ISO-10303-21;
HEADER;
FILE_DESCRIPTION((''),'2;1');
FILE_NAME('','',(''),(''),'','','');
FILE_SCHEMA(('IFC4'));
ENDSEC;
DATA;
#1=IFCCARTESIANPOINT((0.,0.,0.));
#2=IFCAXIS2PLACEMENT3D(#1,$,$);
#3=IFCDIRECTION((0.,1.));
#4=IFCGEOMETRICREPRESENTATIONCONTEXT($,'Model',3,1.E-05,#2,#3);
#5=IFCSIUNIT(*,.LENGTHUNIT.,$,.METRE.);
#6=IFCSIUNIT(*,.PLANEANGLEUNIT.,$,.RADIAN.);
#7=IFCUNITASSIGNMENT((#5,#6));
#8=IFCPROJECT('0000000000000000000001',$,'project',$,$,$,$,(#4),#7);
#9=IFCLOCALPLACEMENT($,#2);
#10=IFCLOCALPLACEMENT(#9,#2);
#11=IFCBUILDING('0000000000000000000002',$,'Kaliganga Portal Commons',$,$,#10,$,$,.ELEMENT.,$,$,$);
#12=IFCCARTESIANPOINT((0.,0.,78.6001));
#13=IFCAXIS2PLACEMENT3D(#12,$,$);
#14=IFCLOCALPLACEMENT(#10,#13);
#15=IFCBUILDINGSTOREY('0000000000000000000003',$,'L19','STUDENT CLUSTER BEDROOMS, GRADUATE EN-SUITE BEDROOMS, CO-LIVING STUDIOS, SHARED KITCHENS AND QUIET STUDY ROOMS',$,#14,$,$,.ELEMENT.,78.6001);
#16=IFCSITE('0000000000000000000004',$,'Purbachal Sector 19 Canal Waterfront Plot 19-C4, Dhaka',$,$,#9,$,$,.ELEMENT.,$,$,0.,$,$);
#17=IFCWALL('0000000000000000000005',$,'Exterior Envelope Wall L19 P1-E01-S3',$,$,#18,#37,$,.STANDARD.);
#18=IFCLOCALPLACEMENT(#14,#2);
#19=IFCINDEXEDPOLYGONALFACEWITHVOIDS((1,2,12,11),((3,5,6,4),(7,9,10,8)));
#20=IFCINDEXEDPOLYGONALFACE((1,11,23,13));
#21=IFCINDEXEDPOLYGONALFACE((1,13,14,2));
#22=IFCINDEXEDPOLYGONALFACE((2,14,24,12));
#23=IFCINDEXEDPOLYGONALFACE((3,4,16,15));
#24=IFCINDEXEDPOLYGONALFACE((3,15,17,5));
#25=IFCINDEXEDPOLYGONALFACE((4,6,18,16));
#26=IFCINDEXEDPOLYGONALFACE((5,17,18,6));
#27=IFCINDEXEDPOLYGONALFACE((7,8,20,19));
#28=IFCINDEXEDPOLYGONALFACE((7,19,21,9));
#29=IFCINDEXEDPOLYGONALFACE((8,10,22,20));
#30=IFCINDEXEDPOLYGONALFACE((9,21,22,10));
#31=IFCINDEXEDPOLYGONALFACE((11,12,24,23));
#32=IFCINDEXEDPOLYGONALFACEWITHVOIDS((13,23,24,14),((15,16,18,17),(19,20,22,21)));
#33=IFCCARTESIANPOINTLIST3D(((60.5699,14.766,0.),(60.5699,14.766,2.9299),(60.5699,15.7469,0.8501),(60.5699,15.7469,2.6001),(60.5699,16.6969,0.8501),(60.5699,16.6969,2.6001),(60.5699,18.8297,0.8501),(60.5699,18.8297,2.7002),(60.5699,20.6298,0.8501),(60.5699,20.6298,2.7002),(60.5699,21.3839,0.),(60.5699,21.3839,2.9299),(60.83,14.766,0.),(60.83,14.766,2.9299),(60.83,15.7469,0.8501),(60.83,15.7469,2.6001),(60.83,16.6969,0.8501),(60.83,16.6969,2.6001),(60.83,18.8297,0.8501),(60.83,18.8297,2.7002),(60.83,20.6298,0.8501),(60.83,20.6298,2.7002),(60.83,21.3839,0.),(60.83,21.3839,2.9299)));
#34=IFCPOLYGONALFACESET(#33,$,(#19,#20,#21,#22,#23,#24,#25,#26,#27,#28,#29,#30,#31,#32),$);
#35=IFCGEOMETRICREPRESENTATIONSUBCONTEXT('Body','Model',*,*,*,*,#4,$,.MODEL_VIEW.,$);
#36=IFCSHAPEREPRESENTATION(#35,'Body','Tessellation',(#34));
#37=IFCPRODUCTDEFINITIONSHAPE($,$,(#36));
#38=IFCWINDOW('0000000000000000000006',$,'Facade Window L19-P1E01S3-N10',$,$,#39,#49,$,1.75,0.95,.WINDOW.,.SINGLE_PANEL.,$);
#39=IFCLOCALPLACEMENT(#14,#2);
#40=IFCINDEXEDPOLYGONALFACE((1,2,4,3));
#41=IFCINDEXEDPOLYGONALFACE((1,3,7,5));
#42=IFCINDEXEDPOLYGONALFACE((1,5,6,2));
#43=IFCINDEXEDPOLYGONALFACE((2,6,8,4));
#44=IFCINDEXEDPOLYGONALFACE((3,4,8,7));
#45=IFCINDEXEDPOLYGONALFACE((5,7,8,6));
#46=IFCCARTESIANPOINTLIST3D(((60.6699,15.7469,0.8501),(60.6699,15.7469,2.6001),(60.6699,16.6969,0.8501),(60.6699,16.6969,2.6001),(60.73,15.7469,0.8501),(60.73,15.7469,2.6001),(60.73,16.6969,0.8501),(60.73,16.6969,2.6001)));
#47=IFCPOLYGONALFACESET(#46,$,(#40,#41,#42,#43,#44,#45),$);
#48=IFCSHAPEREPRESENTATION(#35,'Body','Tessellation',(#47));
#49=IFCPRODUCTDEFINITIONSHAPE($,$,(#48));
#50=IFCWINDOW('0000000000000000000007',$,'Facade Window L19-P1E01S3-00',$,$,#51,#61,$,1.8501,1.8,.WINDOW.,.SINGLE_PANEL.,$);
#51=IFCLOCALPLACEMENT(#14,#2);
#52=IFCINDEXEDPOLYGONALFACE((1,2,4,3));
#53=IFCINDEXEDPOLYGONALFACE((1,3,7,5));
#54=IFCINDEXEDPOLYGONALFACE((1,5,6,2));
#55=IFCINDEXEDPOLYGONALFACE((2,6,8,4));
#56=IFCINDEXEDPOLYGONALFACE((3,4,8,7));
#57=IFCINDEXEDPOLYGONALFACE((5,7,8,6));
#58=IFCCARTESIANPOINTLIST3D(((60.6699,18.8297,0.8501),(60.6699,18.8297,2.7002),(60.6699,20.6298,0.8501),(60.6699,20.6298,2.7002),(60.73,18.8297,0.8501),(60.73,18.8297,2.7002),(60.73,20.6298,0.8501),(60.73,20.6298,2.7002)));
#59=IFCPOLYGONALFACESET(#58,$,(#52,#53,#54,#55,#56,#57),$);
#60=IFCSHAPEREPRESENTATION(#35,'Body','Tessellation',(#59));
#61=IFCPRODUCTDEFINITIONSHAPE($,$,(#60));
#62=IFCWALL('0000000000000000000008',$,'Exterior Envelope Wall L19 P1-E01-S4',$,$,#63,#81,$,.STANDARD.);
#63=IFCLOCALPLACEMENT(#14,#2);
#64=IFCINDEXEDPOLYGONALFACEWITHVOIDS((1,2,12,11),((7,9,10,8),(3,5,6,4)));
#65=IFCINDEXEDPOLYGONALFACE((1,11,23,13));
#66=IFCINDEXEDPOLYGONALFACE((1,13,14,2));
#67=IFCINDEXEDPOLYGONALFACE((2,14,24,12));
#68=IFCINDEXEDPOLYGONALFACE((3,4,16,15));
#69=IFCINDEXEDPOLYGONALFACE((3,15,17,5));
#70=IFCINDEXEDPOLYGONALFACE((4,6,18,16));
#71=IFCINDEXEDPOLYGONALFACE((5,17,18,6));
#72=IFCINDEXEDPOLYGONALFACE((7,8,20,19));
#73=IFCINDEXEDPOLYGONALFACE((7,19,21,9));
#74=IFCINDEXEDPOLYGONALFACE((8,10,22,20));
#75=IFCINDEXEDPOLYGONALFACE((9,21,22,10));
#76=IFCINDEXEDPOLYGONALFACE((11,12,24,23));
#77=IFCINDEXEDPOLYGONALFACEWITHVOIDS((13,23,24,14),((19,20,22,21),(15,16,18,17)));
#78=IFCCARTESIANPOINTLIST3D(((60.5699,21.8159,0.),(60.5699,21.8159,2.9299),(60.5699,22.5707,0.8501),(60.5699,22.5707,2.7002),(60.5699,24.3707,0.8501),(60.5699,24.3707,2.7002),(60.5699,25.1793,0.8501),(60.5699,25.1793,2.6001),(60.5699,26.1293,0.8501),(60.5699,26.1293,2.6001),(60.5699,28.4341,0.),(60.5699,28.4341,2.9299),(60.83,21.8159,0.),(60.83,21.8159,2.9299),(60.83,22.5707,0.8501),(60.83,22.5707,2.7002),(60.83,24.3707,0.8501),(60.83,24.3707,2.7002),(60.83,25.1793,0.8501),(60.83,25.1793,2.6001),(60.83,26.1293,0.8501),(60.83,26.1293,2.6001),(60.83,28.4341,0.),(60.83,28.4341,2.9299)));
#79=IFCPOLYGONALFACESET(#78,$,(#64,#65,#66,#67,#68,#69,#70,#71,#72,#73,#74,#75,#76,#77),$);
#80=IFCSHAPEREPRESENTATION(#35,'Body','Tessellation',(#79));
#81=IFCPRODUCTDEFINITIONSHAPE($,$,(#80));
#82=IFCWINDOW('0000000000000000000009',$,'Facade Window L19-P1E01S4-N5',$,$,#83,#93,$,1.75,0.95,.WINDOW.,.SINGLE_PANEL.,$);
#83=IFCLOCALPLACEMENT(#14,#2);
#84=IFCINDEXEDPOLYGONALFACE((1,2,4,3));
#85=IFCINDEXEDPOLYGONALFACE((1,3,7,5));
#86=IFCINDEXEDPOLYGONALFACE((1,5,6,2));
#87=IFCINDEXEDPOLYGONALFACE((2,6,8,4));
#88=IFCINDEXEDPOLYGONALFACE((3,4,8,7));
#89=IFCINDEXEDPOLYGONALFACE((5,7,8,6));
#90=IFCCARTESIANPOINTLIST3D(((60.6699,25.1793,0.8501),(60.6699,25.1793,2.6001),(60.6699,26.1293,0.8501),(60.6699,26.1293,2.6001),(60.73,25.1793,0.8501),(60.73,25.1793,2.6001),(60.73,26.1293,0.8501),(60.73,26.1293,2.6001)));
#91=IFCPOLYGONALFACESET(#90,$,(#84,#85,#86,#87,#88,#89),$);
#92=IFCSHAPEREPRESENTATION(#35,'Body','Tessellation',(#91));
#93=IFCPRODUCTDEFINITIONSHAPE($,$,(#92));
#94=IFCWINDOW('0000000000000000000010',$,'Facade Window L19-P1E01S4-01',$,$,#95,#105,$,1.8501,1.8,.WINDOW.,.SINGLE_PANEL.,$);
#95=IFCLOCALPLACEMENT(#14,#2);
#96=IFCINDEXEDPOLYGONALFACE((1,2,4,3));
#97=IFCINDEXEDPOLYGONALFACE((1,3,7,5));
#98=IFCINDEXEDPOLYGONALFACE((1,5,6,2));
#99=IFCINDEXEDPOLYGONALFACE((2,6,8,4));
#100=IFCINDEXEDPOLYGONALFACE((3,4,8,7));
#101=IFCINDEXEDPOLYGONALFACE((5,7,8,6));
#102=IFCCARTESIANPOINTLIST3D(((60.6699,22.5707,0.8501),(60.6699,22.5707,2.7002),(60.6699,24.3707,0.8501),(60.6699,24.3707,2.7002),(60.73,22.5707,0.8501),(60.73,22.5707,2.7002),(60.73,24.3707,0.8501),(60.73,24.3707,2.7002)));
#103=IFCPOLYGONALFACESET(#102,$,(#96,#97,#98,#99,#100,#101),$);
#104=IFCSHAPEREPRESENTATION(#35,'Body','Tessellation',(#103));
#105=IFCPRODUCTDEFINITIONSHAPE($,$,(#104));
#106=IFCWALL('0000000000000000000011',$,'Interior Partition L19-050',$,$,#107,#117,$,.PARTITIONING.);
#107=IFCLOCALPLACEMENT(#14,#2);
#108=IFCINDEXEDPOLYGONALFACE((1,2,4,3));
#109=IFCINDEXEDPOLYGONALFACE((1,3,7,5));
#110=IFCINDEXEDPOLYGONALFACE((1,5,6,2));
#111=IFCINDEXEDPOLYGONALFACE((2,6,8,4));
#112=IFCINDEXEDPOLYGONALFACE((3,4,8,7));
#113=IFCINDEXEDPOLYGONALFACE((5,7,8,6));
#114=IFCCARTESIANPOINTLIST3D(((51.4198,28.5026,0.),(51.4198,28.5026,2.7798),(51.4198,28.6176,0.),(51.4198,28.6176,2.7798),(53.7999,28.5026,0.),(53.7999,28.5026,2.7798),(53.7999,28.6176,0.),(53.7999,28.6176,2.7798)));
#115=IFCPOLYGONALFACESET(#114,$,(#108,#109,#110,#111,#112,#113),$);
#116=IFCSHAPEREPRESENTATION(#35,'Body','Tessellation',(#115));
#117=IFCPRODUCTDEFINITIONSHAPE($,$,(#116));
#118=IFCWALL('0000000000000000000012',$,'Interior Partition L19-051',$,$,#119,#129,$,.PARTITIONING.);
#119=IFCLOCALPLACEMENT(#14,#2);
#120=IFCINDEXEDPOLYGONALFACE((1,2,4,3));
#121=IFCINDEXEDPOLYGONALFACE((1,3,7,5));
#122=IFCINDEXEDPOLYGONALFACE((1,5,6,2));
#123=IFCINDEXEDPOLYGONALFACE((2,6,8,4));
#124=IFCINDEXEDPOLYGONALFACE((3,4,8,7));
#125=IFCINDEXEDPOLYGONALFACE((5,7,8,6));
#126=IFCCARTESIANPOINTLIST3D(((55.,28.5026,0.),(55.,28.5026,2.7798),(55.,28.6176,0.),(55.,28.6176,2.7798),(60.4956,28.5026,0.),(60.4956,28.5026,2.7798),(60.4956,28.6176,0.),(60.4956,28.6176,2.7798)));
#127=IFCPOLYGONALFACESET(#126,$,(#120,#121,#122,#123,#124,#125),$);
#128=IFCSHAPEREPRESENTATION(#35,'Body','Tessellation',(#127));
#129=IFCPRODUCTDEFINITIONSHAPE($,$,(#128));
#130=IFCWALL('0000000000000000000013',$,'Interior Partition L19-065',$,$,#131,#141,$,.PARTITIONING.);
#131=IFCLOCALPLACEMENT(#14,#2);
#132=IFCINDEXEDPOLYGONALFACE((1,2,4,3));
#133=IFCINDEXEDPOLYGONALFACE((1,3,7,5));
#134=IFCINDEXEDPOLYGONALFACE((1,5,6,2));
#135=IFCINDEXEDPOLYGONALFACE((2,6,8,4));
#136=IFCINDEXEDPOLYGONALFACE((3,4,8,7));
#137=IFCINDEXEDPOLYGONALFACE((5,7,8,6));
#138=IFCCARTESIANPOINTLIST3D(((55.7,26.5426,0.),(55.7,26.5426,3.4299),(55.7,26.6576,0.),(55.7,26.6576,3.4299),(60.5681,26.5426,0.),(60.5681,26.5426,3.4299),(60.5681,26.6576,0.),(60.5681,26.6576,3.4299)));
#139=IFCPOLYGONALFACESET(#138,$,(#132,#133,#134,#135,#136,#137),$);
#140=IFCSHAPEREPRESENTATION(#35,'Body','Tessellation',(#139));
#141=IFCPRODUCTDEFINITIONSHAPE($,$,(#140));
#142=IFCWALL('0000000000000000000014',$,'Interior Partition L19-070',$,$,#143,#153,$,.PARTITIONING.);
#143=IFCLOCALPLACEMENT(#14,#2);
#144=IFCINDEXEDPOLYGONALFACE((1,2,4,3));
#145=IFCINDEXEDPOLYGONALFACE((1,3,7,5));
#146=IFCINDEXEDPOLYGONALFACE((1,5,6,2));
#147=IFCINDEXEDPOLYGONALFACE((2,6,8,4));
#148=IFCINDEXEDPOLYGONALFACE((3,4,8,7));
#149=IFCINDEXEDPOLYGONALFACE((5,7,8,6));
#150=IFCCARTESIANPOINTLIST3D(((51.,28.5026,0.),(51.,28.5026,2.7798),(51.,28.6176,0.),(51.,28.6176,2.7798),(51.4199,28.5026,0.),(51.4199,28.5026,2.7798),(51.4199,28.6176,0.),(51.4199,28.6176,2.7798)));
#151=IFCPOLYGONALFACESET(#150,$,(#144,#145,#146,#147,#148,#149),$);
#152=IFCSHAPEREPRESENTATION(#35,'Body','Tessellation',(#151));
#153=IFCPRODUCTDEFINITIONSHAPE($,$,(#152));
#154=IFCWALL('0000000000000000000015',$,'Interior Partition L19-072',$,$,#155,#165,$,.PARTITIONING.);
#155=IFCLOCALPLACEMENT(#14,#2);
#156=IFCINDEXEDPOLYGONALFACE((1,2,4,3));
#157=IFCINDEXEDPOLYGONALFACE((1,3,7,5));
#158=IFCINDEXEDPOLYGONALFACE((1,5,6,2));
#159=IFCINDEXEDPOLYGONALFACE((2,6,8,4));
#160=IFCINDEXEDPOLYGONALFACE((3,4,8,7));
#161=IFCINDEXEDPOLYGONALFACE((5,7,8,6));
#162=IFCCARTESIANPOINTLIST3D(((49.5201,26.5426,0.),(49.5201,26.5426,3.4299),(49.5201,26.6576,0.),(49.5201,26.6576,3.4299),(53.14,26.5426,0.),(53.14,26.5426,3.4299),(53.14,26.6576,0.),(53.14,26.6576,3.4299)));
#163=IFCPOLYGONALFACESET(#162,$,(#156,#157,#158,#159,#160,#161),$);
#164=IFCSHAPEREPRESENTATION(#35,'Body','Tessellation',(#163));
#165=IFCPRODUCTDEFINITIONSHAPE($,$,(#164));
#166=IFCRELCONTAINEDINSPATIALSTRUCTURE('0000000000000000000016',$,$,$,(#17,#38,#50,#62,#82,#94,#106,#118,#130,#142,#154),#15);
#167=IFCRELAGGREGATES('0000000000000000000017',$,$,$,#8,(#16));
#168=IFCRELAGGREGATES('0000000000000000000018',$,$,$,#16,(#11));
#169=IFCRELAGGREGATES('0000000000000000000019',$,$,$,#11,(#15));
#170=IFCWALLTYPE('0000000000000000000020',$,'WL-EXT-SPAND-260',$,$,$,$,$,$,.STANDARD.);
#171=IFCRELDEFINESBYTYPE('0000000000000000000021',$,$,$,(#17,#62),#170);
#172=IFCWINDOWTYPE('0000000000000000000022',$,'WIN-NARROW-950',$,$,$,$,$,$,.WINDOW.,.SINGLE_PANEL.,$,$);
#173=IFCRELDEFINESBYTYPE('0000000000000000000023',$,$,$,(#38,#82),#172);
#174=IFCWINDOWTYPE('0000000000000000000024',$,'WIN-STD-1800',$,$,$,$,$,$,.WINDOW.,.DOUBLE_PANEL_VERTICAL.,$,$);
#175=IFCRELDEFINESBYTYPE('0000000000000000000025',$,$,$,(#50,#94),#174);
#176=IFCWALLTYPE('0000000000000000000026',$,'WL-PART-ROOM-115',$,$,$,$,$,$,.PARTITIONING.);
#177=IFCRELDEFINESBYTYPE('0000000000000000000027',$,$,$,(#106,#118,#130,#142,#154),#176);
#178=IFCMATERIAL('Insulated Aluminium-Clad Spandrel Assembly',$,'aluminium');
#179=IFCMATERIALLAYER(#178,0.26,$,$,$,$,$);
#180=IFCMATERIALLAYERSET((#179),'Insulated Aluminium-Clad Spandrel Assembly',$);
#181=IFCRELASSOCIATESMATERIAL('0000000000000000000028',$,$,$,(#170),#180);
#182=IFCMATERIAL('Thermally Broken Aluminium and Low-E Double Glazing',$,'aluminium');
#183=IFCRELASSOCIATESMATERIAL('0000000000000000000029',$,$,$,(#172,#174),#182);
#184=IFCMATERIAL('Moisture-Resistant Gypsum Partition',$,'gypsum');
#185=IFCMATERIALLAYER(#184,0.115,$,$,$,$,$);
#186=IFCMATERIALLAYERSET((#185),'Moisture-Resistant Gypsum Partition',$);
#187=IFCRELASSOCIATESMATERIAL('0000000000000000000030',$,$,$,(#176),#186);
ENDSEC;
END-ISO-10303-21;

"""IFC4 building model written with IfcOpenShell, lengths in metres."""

from ifc_helpers import new_model, si_unit, direction, frame, frame_2d, origin, place, context, subcontext, project, spatial, rectangle, extrude, material, layer, layer_set, type_object, element, fill, save


model = new_model("IFC4")

# Units and contexts
model_context = context("Model", 3, precision=1e-05, world=origin(), true_north=direction((0.0, 1.0)))
body_context = subcontext(model_context, "Body", "Model", "MODEL_VIEW")
ifc_project = project(units=[si_unit("LENGTHUNIT", "METRE"), si_unit("PLANEANGLEUNIT", "RADIAN")], contexts=[model_context])

# Site, building, storey
site_placement = place(None, origin())
site = spatial("IfcSite", under=ifc_project, at=site_placement, Name="Purbachal Sector 19 Canal Waterfront Plot 19-C4, Dhaka", CompositionType="ELEMENT", RefElevation=0.0)
building_placement = place(site_placement, origin())
building = spatial("IfcBuilding", under=site, at=building_placement, Name="Kaliganga Portal Commons", CompositionType="ELEMENT")
storey_placement = place(building_placement, frame((0.0, 0.0, 78.6001)))
storey = spatial("IfcBuildingStorey", under=building, at=storey_placement, Name="L19", Description="STUDENT CLUSTER BEDROOMS, GRADUATE EN-SUITE BEDROOMS, CO-LIVING STUDIOS, SHARED KITCHENS AND QUIET STUDY ROOMS", CompositionType="ELEMENT", Elevation=78.6001)

# Walls, openings, windows
ifc_material_1 = material(Name="Insulated Aluminium-Clad Spandrel Assembly", Category="aluminium")
ifc_layer_1 = layer(ifc_material_1, 0.26)
ifc_layer_set_1 = layer_set([ifc_layer_1], Name="Insulated Aluminium-Clad Spandrel Assembly")
wall_type_1 = type_object("IfcWallType", Name="WL-EXT-SPAND-260", PredefinedType="STANDARD", material=ifc_layer_set_1)
wall_1_placement = place(storey_placement, frame((60.7, 21.384, 0.0), z_axis=(0.0, 0.0, 1.0), x_axis=(0.0, -1.0, 0.0)))
wall_1 = element("IfcWall", 1, at=wall_1_placement, inside=storey, type_object=wall_type_1, Name="Exterior Envelope Wall L19 P1-E01-S3", PredefinedType="STANDARD", context=body_context, shape_type="SweptSolid", body=[
    extrude(rectangle(XDim=6.6179, YDim=0.26, at=frame_2d((3.3091, 0.0))), origin(), (0.0, 0.0, 1.0), 2.9299),
])
opening_1_placement = place(wall_1_placement, frame((0.7544, 0.0, 0.8501)))
opening_1 = element("IfcOpeningElement", 2, at=opening_1_placement, cuts=wall_1, PredefinedType="OPENING", context=body_context, shape_type="SweptSolid", body=[
    extrude(rectangle(XDim=1.8, YDim=1.8501, at=frame_2d((0.8999, 0.925))), frame((0.0, 0.1401, 0.0), z_axis=(0.0, -1.0, 0.0), x_axis=(1.0, 0.0, 0.0)), (0.0, 0.0, 1.0), 0.28),
])
opening_2_placement = place(wall_1_placement, frame((4.687, 0.0, 0.8501)))
opening_2 = element("IfcOpeningElement", 3, at=opening_2_placement, cuts=wall_1, PredefinedType="OPENING", context=body_context, shape_type="SweptSolid", body=[
    extrude(rectangle(XDim=0.95, YDim=1.75, at=frame_2d((0.4751, 0.875))), frame((0.0, 0.1401, 0.0), z_axis=(0.0, -1.0, 0.0), x_axis=(1.0, 0.0, 0.0)), (0.0, 0.0, 1.0), 0.28),
])
ifc_material_2 = material(Name="Thermally Broken Aluminium and Low-E Double Glazing", Category="aluminium")
window_type_1 = type_object("IfcWindowType", Name="WIN-NARROW-950", PartitioningType="SINGLE_PANEL", PredefinedType="WINDOW", material=ifc_material_2)
window_1_placement = place(opening_2_placement, origin())
window_1 = element("IfcWindow", 4, at=window_1_placement, inside=storey, type_object=window_type_1, Name="Facade Window L19-P1E01S3-N10", OverallHeight=1.75, OverallWidth=0.95, PartitioningType="SINGLE_PANEL", PredefinedType="WINDOW", context=body_context, shape_type="SweptSolid", body=[
    extrude(rectangle(XDim=0.95, YDim=1.75, at=frame_2d((0.4751, 0.875))), frame((0.0, 0.03, 0.0), z_axis=(0.0, -1.0, 0.0), x_axis=(1.0, 0.0, 0.0)), (0.0, 0.0, 1.0), 0.0601),
])
fill(opening_2, window_1)
window_type_2 = type_object("IfcWindowType", Name="WIN-STD-1800", PartitioningType="DOUBLE_PANEL_VERTICAL", PredefinedType="WINDOW", material=ifc_material_2)
window_2_placement = place(opening_1_placement, origin())
window_2 = element("IfcWindow", 5, at=window_2_placement, inside=storey, type_object=window_type_2, Name="Facade Window L19-P1E01S3-00", OverallHeight=1.8501, OverallWidth=1.8, PartitioningType="SINGLE_PANEL", PredefinedType="WINDOW", context=body_context, shape_type="SweptSolid", body=[
    extrude(rectangle(XDim=1.8, YDim=1.8501, at=frame_2d((0.8999, 0.925))), frame((0.0, 0.03, 0.0), z_axis=(0.0, -1.0, 0.0), x_axis=(1.0, 0.0, 0.0)), (0.0, 0.0, 1.0), 0.0601),
])
fill(opening_1, window_2)
wall_2_placement = place(storey_placement, frame((60.7, 28.4341, 0.0), z_axis=(0.0, 0.0, 1.0), x_axis=(0.0, -1.0, 0.0)))
wall_2 = element("IfcWall", 6, at=wall_2_placement, inside=storey, type_object=wall_type_1, Name="Exterior Envelope Wall L19 P1-E01-S4", PredefinedType="STANDARD", context=body_context, shape_type="SweptSolid", body=[
    extrude(rectangle(XDim=6.6182, YDim=0.26, at=frame_2d((3.3091, 0.0))), origin(), (0.0, 0.0, 1.0), 2.9299),
])
opening_3_placement = place(wall_2_placement, frame((4.0635, 0.0, 0.8501)))
opening_3 = element("IfcOpeningElement", 7, at=opening_3_placement, cuts=wall_2, PredefinedType="OPENING", context=body_context, shape_type="SweptSolid", body=[
    extrude(rectangle(XDim=1.8, YDim=1.8501, at=frame_2d((0.8999, 0.925))), frame((0.0, 0.1401, 0.0), z_axis=(0.0, -1.0, 0.0), x_axis=(1.0, 0.0, 0.0)), (0.0, 0.0, 1.0), 0.28),
])
opening_4_placement = place(wall_2_placement, frame((2.3047, 0.0, 0.8501)))
opening_4 = element("IfcOpeningElement", 8, at=opening_4_placement, cuts=wall_2, PredefinedType="OPENING", context=body_context, shape_type="SweptSolid", body=[
    extrude(rectangle(XDim=0.95, YDim=1.75, at=frame_2d((0.4751, 0.875))), frame((0.0, 0.1401, 0.0), z_axis=(0.0, -1.0, 0.0), x_axis=(1.0, 0.0, 0.0)), (0.0, 0.0, 1.0), 0.28),
])
window_3_placement = place(opening_4_placement, origin())
window_3 = element("IfcWindow", 9, at=window_3_placement, inside=storey, type_object=window_type_1, Name="Facade Window L19-P1E01S4-N5", OverallHeight=1.75, OverallWidth=0.95, PartitioningType="SINGLE_PANEL", PredefinedType="WINDOW", context=body_context, shape_type="SweptSolid", body=[
    extrude(rectangle(XDim=0.95, YDim=1.75, at=frame_2d((0.4751, 0.875))), frame((0.0, 0.03, 0.0), z_axis=(0.0, -1.0, 0.0), x_axis=(1.0, 0.0, 0.0)), (0.0, 0.0, 1.0), 0.0601),
])
fill(opening_4, window_3)
window_4_placement = place(opening_3_placement, origin())
window_4 = element("IfcWindow", 10, at=window_4_placement, inside=storey, type_object=window_type_2, Name="Facade Window L19-P1E01S4-01", OverallHeight=1.8501, OverallWidth=1.8, PartitioningType="SINGLE_PANEL", PredefinedType="WINDOW", context=body_context, shape_type="SweptSolid", body=[
    extrude(rectangle(XDim=1.8, YDim=1.8501, at=frame_2d((0.8999, 0.925))), frame((0.0, 0.03, 0.0), z_axis=(0.0, -1.0, 0.0), x_axis=(1.0, 0.0, 0.0)), (0.0, 0.0, 1.0), 0.0601),
])
fill(opening_3, window_4)

# Walls
ifc_material_3 = material(Name="Moisture-Resistant Gypsum Partition", Category="gypsum")
ifc_layer_2 = layer(ifc_material_3, 0.115)
ifc_layer_set_2 = layer_set([ifc_layer_2], Name="Moisture-Resistant Gypsum Partition")
wall_type_2 = type_object("IfcWallType", Name="WL-PART-ROOM-115", PredefinedType="PARTITIONING", material=ifc_layer_set_2)
wall_3_placement = place(storey_placement, frame((51.4199, 28.5601, 0.0), z_axis=(0.0, 0.0, 1.0), x_axis=(1.0, 0.0, 0.0)))
element("IfcWall", 11, at=wall_3_placement, inside=storey, type_object=wall_type_2, Name="Interior Partition L19-050", PredefinedType="PARTITIONING", context=body_context, shape_type="SweptSolid", body=[
    extrude(rectangle(XDim=2.3801, YDim=0.115, at=frame_2d((1.1899, 0.0))), origin(), (0.0, 0.0, 1.0), 2.7798),
])
wall_4_placement = place(storey_placement, frame((55.0, 28.5601, 0.0), z_axis=(0.0, 0.0, 1.0), x_axis=(1.0, 0.0, 0.0)))
element("IfcWall", 12, at=wall_4_placement, inside=storey, type_object=wall_type_2, Name="Interior Partition L19-051", PredefinedType="PARTITIONING", context=body_context, shape_type="SweptSolid", body=[
    extrude(rectangle(XDim=5.4956, YDim=0.115, at=frame_2d((2.7478, 0.0))), origin(), (0.0, 0.0, 1.0), 2.7798),
])
wall_5_placement = place(storey_placement, frame((55.7, 26.6001, 0.0), z_axis=(0.0, 0.0, 1.0), x_axis=(1.0, 0.0, 0.0)))
element("IfcWall", 13, at=wall_5_placement, inside=storey, type_object=wall_type_2, Name="Interior Partition L19-065", PredefinedType="PARTITIONING", context=body_context, shape_type="SweptSolid", body=[
    extrude(rectangle(XDim=4.8682, YDim=0.115, at=frame_2d((2.4341, 0.0))), origin(), (0.0, 0.0, 1.0), 3.4299),
])
wall_6_placement = place(storey_placement, frame((51.0, 28.5601, 0.0), z_axis=(0.0, 0.0, 1.0), x_axis=(1.0, 0.0, 0.0)))
element("IfcWall", 14, at=wall_6_placement, inside=storey, type_object=wall_type_2, Name="Interior Partition L19-070", PredefinedType="PARTITIONING", context=body_context, shape_type="SweptSolid", body=[
    extrude(rectangle(XDim=0.4199, YDim=0.115, at=frame_2d((0.21, 0.0))), origin(), (0.0, 0.0, 1.0), 2.7798),
])
wall_7_placement = place(storey_placement, frame((49.52, 26.6001, 0.0), z_axis=(0.0, 0.0, 1.0), x_axis=(1.0, 0.0, 0.0)))
element("IfcWall", 15, at=wall_7_placement, inside=storey, type_object=wall_type_2, Name="Interior Partition L19-072", PredefinedType="PARTITIONING", context=body_context, shape_type="SweptSolid", body=[
    extrude(rectangle(XDim=3.6199, YDim=0.115, at=frame_2d((1.8101, 0.0))), origin(), (0.0, 0.0, 1.0), 3.4299),
])

save(model, "model.ifc")
